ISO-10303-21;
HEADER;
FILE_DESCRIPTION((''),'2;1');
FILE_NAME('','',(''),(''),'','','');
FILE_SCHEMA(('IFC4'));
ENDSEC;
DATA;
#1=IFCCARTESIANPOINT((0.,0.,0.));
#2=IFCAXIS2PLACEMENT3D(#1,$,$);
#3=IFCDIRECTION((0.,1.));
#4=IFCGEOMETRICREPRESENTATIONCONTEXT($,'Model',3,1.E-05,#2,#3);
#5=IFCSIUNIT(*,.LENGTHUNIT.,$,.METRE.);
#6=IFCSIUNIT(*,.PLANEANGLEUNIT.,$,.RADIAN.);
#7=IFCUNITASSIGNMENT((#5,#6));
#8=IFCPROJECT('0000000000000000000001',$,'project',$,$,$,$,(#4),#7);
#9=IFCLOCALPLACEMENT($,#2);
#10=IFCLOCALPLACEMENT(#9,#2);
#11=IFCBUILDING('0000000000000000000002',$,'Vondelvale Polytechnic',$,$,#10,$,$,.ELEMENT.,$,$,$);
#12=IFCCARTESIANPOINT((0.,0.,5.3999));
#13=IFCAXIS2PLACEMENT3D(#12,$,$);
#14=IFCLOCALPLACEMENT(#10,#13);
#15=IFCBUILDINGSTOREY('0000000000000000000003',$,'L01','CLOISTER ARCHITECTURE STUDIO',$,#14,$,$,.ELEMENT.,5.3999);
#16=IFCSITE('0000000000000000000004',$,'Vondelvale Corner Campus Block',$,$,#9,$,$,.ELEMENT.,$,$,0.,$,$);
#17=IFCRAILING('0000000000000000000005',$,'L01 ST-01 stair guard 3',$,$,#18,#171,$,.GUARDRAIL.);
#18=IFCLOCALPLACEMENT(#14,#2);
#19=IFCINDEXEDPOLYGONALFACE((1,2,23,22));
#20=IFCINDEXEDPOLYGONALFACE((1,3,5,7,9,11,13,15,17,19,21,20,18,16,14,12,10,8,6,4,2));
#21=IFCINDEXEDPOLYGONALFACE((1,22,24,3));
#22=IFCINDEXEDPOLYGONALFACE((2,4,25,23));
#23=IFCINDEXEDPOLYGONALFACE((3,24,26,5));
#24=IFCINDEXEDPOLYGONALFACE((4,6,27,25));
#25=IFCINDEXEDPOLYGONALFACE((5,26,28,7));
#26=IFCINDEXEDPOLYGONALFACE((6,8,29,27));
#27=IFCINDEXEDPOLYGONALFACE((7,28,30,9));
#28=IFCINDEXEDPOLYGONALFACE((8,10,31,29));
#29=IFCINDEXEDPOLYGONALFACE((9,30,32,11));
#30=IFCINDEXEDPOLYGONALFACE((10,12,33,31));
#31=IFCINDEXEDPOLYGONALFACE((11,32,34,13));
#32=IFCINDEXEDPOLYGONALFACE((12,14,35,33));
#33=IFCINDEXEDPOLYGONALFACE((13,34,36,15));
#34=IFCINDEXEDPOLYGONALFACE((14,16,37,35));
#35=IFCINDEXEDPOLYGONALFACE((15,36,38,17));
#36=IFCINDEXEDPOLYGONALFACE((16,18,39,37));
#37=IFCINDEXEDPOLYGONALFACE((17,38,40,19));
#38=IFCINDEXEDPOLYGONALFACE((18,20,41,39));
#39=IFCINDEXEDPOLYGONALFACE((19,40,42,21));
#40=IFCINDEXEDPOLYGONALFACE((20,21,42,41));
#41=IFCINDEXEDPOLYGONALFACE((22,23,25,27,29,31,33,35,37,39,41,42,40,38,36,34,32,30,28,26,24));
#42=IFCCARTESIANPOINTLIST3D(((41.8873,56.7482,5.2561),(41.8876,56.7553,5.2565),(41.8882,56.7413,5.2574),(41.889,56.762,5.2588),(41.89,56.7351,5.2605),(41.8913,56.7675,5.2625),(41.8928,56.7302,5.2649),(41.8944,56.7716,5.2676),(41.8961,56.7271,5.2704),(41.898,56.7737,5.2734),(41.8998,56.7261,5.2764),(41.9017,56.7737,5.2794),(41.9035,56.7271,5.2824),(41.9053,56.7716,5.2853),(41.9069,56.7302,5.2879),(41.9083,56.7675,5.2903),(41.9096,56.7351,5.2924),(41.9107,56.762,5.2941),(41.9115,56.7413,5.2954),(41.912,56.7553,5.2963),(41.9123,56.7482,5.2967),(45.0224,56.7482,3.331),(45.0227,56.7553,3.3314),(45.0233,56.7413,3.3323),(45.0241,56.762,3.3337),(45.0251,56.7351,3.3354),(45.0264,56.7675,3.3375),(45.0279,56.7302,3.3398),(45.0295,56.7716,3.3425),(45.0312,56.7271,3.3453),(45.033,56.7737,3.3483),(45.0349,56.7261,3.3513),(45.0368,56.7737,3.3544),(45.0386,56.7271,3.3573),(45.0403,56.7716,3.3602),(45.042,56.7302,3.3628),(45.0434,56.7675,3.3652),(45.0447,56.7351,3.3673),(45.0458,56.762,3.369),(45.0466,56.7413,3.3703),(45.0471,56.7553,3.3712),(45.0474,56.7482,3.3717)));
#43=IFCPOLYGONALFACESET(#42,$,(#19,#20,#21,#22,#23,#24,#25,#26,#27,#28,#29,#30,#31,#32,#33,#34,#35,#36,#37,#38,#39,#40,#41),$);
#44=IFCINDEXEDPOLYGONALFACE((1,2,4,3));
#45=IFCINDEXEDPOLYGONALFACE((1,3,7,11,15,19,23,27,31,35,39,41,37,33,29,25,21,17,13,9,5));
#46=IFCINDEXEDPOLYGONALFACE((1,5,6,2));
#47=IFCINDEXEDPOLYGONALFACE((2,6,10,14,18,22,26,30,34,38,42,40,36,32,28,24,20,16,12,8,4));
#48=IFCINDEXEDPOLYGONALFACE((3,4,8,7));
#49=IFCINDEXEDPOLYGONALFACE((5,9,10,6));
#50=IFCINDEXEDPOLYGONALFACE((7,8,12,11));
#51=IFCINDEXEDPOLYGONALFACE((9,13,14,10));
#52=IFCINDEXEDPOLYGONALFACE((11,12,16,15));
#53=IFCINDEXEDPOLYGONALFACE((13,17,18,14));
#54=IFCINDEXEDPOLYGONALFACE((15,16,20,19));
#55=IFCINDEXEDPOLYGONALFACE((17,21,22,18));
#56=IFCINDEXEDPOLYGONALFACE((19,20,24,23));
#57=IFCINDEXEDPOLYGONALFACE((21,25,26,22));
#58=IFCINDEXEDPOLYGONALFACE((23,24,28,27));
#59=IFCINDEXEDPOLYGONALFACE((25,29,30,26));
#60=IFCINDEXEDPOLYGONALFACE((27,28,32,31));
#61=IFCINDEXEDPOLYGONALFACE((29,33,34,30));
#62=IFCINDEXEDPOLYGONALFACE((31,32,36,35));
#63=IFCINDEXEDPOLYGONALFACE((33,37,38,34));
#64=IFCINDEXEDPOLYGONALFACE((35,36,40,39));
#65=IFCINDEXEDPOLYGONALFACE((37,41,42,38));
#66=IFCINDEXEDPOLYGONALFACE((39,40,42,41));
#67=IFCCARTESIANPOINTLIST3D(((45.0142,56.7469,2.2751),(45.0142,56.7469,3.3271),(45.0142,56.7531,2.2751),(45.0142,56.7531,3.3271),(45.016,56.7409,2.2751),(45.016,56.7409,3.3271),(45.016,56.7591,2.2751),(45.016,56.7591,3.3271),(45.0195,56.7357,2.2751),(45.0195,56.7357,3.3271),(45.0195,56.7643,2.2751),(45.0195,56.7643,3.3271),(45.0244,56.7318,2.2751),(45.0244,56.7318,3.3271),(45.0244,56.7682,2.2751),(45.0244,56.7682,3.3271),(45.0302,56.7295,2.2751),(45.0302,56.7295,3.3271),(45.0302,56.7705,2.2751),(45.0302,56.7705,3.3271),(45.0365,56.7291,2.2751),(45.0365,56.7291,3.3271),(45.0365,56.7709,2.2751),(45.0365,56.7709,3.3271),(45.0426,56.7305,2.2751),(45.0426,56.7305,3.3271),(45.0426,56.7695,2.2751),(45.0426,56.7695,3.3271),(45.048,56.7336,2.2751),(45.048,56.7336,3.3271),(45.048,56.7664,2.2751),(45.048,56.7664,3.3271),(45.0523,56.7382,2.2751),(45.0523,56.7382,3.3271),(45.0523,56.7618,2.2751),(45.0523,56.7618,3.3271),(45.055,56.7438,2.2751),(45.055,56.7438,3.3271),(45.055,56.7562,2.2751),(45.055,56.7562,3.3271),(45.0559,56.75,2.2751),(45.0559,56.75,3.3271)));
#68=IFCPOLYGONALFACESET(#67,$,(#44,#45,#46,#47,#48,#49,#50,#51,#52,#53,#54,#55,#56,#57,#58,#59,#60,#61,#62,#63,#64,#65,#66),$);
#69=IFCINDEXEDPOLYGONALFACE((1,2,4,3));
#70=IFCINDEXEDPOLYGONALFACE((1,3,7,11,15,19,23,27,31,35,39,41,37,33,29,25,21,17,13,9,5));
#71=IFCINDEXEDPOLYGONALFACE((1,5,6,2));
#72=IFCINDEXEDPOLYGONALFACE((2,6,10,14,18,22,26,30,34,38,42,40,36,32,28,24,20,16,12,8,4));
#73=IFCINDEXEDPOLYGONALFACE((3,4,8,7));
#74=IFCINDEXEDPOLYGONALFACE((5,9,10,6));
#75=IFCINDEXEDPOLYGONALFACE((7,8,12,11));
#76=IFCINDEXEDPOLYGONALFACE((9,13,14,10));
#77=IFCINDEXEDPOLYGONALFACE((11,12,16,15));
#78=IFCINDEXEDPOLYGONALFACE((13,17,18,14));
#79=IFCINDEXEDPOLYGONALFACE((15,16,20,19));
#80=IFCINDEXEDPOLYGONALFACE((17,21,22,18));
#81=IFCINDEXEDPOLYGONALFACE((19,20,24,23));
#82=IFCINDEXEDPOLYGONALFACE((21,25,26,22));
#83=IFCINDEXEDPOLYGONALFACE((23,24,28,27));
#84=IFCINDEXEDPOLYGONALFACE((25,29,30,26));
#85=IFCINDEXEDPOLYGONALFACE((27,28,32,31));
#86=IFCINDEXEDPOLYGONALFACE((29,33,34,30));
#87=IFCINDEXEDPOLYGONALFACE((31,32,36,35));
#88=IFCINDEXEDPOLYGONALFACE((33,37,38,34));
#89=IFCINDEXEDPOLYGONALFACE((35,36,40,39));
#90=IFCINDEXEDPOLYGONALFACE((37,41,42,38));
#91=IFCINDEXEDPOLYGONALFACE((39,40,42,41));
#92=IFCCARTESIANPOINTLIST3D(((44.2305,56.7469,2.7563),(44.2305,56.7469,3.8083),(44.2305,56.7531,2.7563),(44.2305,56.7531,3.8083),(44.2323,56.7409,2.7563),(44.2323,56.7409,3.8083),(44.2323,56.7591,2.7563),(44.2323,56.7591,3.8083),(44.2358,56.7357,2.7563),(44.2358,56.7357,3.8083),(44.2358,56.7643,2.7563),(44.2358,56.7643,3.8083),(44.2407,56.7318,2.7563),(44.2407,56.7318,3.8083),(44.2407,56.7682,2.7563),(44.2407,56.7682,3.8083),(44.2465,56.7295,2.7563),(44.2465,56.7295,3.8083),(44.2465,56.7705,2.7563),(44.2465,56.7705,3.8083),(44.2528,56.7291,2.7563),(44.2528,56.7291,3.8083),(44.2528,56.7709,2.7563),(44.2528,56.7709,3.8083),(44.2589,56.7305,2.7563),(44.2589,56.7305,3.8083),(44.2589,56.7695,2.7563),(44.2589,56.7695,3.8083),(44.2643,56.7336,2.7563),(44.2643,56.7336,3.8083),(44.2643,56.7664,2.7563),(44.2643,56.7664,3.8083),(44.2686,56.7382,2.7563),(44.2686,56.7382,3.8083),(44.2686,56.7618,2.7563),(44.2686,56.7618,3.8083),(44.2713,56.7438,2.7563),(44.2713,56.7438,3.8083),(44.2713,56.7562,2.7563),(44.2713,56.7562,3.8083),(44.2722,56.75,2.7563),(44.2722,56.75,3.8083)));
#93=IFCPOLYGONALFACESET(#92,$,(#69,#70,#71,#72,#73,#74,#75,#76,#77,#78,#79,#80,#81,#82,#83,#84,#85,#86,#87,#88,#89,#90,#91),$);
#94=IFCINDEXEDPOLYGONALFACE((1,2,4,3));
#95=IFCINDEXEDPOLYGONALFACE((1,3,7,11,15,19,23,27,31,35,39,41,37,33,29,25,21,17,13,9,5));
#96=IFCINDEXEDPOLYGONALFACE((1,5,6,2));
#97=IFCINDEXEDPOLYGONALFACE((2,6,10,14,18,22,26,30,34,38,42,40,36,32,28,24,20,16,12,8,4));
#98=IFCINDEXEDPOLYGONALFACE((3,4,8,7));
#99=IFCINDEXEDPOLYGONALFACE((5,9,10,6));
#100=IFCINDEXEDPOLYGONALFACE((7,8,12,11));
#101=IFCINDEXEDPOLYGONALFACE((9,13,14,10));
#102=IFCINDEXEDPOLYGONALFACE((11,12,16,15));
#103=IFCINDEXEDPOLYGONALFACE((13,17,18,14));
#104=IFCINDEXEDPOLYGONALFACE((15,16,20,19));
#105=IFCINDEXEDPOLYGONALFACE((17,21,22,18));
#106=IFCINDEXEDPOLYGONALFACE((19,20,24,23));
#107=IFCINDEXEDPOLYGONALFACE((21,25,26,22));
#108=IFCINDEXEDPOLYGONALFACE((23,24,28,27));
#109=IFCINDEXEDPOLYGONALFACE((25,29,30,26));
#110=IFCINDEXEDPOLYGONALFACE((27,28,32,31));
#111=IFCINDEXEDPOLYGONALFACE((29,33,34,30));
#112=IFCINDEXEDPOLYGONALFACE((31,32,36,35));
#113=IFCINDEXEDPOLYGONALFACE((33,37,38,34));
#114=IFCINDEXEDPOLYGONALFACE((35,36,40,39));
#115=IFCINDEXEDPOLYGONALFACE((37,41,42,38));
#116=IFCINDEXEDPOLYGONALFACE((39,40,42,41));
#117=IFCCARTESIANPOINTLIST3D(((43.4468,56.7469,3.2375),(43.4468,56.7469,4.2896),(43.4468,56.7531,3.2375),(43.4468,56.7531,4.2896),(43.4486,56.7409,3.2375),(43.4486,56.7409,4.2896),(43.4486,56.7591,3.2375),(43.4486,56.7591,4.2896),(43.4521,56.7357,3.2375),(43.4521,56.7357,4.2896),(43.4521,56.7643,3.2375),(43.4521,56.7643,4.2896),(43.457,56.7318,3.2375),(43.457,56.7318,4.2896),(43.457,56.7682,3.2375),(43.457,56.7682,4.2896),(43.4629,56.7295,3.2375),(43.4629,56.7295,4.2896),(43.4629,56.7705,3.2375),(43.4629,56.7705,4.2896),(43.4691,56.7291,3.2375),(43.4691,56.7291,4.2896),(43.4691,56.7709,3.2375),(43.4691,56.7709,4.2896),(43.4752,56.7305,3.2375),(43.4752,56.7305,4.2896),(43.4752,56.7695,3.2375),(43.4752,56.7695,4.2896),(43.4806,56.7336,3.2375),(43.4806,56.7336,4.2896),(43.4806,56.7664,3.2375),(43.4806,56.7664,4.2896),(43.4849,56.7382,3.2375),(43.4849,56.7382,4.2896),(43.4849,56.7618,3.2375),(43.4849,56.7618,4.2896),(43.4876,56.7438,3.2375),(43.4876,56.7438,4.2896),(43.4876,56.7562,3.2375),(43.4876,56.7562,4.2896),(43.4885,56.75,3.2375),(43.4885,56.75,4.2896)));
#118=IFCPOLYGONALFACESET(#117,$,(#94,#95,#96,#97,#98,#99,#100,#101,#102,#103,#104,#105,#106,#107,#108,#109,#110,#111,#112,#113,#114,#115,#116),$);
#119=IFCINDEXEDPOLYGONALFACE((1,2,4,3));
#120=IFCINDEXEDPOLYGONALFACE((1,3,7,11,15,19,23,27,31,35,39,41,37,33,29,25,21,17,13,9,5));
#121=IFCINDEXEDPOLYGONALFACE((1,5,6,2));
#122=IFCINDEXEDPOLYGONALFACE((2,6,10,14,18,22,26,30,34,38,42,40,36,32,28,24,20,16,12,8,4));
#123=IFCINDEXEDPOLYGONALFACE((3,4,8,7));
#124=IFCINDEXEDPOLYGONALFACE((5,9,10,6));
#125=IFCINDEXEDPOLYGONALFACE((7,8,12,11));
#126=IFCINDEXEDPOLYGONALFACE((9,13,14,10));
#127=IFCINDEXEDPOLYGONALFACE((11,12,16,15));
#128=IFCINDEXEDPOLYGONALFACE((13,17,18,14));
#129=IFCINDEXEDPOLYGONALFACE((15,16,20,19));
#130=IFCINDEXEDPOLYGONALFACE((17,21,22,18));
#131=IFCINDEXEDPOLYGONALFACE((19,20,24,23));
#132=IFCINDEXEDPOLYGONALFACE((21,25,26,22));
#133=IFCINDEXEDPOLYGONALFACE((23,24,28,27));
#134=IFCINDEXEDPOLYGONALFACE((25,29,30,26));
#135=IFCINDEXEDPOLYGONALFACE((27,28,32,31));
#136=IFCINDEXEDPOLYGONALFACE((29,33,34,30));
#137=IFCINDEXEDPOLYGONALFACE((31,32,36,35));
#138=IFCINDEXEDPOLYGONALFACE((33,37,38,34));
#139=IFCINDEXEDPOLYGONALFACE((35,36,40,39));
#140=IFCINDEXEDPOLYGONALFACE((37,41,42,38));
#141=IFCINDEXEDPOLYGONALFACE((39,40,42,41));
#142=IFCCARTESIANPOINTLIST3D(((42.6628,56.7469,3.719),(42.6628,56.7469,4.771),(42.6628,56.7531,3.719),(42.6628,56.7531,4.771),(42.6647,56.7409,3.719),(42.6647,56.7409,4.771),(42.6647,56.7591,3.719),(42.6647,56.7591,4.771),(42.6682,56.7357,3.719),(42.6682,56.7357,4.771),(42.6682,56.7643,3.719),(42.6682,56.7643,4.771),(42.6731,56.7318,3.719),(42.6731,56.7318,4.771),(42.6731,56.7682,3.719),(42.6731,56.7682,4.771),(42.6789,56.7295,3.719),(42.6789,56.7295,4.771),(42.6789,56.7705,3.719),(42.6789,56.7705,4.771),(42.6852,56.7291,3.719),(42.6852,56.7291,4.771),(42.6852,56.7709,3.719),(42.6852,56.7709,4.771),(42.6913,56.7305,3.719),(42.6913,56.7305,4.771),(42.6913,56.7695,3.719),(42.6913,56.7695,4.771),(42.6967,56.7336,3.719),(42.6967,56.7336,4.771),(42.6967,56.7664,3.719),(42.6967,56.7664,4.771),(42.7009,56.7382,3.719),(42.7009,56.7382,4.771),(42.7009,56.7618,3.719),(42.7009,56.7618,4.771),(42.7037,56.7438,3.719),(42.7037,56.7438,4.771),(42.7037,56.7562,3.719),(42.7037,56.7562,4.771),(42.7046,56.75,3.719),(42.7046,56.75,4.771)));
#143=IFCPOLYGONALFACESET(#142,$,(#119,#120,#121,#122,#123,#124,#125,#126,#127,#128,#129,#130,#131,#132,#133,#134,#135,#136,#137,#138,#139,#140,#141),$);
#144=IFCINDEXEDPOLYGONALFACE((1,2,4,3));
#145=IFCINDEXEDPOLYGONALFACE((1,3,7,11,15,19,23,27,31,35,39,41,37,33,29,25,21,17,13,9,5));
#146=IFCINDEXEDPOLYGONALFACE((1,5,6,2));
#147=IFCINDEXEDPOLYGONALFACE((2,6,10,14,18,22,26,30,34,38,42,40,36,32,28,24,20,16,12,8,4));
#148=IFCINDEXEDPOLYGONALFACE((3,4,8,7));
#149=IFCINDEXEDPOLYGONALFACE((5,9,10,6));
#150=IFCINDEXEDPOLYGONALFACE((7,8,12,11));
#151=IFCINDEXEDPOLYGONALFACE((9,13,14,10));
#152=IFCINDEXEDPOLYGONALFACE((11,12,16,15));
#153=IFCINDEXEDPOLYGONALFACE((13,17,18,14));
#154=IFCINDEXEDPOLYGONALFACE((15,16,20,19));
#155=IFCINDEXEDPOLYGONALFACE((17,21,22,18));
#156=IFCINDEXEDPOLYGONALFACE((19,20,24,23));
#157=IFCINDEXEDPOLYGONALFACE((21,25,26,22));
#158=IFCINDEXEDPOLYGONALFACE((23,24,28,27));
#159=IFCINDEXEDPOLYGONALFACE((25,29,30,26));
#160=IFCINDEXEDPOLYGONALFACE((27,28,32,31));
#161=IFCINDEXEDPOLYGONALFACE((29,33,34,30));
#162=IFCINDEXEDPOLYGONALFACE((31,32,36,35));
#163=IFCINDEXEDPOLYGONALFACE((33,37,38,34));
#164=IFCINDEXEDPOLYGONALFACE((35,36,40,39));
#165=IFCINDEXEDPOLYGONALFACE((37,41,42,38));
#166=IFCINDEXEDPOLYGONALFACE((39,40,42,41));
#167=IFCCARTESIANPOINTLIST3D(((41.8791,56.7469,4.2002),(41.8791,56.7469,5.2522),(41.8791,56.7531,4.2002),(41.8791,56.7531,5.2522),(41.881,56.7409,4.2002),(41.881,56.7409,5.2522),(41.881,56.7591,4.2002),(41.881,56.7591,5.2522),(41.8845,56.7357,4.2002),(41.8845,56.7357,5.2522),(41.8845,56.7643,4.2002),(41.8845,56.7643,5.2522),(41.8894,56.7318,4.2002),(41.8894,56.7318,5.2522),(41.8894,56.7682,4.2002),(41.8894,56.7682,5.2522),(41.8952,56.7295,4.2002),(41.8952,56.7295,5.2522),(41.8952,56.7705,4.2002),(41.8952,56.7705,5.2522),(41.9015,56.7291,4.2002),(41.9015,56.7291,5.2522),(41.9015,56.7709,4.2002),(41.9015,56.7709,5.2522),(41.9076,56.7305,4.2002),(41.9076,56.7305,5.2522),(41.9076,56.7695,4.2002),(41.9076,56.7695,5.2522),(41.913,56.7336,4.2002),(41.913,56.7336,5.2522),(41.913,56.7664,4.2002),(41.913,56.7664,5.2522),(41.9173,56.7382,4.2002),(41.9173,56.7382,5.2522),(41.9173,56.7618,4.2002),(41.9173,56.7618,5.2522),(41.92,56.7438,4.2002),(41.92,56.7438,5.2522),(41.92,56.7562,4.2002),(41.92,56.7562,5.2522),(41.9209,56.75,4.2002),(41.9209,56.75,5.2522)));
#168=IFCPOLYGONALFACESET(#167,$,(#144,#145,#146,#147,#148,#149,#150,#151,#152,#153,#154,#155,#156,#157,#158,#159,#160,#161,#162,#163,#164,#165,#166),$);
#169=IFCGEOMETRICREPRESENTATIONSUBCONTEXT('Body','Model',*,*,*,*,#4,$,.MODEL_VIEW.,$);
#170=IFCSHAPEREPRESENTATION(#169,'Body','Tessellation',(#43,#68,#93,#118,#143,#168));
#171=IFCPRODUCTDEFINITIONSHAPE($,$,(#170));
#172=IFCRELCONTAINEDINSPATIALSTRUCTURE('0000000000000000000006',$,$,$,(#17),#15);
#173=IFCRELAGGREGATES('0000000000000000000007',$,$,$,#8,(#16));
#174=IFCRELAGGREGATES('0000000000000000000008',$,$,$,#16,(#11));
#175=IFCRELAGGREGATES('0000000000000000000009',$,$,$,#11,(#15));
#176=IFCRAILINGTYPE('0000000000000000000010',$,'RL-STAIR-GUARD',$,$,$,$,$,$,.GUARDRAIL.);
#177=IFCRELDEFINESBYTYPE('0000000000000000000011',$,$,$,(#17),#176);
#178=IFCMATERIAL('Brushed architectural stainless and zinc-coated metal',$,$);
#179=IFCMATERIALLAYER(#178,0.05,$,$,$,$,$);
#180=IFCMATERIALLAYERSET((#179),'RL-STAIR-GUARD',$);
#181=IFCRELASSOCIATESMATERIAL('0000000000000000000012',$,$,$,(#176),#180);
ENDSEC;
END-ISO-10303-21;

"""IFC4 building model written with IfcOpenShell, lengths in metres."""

from ifc_helpers import new_model, si_unit, direction, frame, origin, origin_2d, place, context, subcontext, project, spatial, circle, extrude, material, layer, layer_set, type_object, element, save


model = new_model("IFC4")

# Units and contexts
model_context = context("Model", 3, precision=1e-05, world=origin(), true_north=direction((0.0, 1.0)))
body_context = subcontext(model_context, "Body", "Model", "MODEL_VIEW")
ifc_project = project(units=[si_unit("LENGTHUNIT", "METRE"), si_unit("PLANEANGLEUNIT", "RADIAN")], contexts=[model_context])

# Site, building, storey
site_placement = place(None, origin())
site = spatial("IfcSite", under=ifc_project, at=site_placement, Name="Vondelvale Corner Campus Block", CompositionType="ELEMENT", RefElevation=0.0)
building_placement = place(site_placement, origin())
building = spatial("IfcBuilding", under=site, at=building_placement, Name="Vondelvale Polytechnic", CompositionType="ELEMENT")
storey_placement = place(building_placement, frame((0.0, 0.0, 5.3999)))
storey = spatial("IfcBuildingStorey", under=building, at=storey_placement, Name="L01", Description="CLOISTER ARCHITECTURE STUDIO", CompositionType="ELEMENT", Elevation=5.3999)

# Shared definitions
ifc_material_1 = material(Name="Brushed architectural stainless and zinc-coated metal")

# Railing
ifc_layer_1 = layer(ifc_material_1, 0.05)
ifc_layer_set_1 = layer_set([ifc_layer_1], Name="RL-STAIR-GUARD")
railing_type_1 = type_object("IfcRailingType", Name="RL-STAIR-GUARD", PredefinedType="GUARDRAIL", material=ifc_layer_set_1)
railing_1_placement = place(storey_placement, frame((45.0349, 56.75, 2.2751)))
element("IfcRailing", 1, at=railing_1_placement, inside=storey, type_object=railing_type_1, Name="L01 ST-01 stair guard 3", PredefinedType="GUARDRAIL", context=body_context, shape_type="SweptSolid", body=[
    extrude(circle(Radius=0.0239, at=origin_2d()), frame((0.0, 0.0, 1.0762), z_axis=(-0.852166, 0.0, 0.523271), x_axis=(0.0, -1.0, 0.0)), (0.0, 0.0, 1.0), 3.679),
    extrude(circle(Radius=0.021, at=origin_2d()), origin(), (0.0, 0.0, 1.0), 1.052),
    extrude(circle(Radius=0.021, at=origin_2d()), frame((-0.7837, 0.0, 0.4812)), (0.0, 0.0, 1.0), 1.052),
    extrude(circle(Radius=0.021, at=origin_2d()), frame((-1.5674, 0.0, 0.9624)), (0.0, 0.0, 1.0), 1.052),
    extrude(circle(Radius=0.021, at=origin_2d()), frame((-2.3513, 0.0, 1.4438)), (0.0, 0.0, 1.0), 1.052),
    extrude(circle(Radius=0.021, at=origin_2d()), frame((-3.135, 0.0, 1.925)), (0.0, 0.0, 1.0), 1.052),
])

save(model, "model.ifc")
